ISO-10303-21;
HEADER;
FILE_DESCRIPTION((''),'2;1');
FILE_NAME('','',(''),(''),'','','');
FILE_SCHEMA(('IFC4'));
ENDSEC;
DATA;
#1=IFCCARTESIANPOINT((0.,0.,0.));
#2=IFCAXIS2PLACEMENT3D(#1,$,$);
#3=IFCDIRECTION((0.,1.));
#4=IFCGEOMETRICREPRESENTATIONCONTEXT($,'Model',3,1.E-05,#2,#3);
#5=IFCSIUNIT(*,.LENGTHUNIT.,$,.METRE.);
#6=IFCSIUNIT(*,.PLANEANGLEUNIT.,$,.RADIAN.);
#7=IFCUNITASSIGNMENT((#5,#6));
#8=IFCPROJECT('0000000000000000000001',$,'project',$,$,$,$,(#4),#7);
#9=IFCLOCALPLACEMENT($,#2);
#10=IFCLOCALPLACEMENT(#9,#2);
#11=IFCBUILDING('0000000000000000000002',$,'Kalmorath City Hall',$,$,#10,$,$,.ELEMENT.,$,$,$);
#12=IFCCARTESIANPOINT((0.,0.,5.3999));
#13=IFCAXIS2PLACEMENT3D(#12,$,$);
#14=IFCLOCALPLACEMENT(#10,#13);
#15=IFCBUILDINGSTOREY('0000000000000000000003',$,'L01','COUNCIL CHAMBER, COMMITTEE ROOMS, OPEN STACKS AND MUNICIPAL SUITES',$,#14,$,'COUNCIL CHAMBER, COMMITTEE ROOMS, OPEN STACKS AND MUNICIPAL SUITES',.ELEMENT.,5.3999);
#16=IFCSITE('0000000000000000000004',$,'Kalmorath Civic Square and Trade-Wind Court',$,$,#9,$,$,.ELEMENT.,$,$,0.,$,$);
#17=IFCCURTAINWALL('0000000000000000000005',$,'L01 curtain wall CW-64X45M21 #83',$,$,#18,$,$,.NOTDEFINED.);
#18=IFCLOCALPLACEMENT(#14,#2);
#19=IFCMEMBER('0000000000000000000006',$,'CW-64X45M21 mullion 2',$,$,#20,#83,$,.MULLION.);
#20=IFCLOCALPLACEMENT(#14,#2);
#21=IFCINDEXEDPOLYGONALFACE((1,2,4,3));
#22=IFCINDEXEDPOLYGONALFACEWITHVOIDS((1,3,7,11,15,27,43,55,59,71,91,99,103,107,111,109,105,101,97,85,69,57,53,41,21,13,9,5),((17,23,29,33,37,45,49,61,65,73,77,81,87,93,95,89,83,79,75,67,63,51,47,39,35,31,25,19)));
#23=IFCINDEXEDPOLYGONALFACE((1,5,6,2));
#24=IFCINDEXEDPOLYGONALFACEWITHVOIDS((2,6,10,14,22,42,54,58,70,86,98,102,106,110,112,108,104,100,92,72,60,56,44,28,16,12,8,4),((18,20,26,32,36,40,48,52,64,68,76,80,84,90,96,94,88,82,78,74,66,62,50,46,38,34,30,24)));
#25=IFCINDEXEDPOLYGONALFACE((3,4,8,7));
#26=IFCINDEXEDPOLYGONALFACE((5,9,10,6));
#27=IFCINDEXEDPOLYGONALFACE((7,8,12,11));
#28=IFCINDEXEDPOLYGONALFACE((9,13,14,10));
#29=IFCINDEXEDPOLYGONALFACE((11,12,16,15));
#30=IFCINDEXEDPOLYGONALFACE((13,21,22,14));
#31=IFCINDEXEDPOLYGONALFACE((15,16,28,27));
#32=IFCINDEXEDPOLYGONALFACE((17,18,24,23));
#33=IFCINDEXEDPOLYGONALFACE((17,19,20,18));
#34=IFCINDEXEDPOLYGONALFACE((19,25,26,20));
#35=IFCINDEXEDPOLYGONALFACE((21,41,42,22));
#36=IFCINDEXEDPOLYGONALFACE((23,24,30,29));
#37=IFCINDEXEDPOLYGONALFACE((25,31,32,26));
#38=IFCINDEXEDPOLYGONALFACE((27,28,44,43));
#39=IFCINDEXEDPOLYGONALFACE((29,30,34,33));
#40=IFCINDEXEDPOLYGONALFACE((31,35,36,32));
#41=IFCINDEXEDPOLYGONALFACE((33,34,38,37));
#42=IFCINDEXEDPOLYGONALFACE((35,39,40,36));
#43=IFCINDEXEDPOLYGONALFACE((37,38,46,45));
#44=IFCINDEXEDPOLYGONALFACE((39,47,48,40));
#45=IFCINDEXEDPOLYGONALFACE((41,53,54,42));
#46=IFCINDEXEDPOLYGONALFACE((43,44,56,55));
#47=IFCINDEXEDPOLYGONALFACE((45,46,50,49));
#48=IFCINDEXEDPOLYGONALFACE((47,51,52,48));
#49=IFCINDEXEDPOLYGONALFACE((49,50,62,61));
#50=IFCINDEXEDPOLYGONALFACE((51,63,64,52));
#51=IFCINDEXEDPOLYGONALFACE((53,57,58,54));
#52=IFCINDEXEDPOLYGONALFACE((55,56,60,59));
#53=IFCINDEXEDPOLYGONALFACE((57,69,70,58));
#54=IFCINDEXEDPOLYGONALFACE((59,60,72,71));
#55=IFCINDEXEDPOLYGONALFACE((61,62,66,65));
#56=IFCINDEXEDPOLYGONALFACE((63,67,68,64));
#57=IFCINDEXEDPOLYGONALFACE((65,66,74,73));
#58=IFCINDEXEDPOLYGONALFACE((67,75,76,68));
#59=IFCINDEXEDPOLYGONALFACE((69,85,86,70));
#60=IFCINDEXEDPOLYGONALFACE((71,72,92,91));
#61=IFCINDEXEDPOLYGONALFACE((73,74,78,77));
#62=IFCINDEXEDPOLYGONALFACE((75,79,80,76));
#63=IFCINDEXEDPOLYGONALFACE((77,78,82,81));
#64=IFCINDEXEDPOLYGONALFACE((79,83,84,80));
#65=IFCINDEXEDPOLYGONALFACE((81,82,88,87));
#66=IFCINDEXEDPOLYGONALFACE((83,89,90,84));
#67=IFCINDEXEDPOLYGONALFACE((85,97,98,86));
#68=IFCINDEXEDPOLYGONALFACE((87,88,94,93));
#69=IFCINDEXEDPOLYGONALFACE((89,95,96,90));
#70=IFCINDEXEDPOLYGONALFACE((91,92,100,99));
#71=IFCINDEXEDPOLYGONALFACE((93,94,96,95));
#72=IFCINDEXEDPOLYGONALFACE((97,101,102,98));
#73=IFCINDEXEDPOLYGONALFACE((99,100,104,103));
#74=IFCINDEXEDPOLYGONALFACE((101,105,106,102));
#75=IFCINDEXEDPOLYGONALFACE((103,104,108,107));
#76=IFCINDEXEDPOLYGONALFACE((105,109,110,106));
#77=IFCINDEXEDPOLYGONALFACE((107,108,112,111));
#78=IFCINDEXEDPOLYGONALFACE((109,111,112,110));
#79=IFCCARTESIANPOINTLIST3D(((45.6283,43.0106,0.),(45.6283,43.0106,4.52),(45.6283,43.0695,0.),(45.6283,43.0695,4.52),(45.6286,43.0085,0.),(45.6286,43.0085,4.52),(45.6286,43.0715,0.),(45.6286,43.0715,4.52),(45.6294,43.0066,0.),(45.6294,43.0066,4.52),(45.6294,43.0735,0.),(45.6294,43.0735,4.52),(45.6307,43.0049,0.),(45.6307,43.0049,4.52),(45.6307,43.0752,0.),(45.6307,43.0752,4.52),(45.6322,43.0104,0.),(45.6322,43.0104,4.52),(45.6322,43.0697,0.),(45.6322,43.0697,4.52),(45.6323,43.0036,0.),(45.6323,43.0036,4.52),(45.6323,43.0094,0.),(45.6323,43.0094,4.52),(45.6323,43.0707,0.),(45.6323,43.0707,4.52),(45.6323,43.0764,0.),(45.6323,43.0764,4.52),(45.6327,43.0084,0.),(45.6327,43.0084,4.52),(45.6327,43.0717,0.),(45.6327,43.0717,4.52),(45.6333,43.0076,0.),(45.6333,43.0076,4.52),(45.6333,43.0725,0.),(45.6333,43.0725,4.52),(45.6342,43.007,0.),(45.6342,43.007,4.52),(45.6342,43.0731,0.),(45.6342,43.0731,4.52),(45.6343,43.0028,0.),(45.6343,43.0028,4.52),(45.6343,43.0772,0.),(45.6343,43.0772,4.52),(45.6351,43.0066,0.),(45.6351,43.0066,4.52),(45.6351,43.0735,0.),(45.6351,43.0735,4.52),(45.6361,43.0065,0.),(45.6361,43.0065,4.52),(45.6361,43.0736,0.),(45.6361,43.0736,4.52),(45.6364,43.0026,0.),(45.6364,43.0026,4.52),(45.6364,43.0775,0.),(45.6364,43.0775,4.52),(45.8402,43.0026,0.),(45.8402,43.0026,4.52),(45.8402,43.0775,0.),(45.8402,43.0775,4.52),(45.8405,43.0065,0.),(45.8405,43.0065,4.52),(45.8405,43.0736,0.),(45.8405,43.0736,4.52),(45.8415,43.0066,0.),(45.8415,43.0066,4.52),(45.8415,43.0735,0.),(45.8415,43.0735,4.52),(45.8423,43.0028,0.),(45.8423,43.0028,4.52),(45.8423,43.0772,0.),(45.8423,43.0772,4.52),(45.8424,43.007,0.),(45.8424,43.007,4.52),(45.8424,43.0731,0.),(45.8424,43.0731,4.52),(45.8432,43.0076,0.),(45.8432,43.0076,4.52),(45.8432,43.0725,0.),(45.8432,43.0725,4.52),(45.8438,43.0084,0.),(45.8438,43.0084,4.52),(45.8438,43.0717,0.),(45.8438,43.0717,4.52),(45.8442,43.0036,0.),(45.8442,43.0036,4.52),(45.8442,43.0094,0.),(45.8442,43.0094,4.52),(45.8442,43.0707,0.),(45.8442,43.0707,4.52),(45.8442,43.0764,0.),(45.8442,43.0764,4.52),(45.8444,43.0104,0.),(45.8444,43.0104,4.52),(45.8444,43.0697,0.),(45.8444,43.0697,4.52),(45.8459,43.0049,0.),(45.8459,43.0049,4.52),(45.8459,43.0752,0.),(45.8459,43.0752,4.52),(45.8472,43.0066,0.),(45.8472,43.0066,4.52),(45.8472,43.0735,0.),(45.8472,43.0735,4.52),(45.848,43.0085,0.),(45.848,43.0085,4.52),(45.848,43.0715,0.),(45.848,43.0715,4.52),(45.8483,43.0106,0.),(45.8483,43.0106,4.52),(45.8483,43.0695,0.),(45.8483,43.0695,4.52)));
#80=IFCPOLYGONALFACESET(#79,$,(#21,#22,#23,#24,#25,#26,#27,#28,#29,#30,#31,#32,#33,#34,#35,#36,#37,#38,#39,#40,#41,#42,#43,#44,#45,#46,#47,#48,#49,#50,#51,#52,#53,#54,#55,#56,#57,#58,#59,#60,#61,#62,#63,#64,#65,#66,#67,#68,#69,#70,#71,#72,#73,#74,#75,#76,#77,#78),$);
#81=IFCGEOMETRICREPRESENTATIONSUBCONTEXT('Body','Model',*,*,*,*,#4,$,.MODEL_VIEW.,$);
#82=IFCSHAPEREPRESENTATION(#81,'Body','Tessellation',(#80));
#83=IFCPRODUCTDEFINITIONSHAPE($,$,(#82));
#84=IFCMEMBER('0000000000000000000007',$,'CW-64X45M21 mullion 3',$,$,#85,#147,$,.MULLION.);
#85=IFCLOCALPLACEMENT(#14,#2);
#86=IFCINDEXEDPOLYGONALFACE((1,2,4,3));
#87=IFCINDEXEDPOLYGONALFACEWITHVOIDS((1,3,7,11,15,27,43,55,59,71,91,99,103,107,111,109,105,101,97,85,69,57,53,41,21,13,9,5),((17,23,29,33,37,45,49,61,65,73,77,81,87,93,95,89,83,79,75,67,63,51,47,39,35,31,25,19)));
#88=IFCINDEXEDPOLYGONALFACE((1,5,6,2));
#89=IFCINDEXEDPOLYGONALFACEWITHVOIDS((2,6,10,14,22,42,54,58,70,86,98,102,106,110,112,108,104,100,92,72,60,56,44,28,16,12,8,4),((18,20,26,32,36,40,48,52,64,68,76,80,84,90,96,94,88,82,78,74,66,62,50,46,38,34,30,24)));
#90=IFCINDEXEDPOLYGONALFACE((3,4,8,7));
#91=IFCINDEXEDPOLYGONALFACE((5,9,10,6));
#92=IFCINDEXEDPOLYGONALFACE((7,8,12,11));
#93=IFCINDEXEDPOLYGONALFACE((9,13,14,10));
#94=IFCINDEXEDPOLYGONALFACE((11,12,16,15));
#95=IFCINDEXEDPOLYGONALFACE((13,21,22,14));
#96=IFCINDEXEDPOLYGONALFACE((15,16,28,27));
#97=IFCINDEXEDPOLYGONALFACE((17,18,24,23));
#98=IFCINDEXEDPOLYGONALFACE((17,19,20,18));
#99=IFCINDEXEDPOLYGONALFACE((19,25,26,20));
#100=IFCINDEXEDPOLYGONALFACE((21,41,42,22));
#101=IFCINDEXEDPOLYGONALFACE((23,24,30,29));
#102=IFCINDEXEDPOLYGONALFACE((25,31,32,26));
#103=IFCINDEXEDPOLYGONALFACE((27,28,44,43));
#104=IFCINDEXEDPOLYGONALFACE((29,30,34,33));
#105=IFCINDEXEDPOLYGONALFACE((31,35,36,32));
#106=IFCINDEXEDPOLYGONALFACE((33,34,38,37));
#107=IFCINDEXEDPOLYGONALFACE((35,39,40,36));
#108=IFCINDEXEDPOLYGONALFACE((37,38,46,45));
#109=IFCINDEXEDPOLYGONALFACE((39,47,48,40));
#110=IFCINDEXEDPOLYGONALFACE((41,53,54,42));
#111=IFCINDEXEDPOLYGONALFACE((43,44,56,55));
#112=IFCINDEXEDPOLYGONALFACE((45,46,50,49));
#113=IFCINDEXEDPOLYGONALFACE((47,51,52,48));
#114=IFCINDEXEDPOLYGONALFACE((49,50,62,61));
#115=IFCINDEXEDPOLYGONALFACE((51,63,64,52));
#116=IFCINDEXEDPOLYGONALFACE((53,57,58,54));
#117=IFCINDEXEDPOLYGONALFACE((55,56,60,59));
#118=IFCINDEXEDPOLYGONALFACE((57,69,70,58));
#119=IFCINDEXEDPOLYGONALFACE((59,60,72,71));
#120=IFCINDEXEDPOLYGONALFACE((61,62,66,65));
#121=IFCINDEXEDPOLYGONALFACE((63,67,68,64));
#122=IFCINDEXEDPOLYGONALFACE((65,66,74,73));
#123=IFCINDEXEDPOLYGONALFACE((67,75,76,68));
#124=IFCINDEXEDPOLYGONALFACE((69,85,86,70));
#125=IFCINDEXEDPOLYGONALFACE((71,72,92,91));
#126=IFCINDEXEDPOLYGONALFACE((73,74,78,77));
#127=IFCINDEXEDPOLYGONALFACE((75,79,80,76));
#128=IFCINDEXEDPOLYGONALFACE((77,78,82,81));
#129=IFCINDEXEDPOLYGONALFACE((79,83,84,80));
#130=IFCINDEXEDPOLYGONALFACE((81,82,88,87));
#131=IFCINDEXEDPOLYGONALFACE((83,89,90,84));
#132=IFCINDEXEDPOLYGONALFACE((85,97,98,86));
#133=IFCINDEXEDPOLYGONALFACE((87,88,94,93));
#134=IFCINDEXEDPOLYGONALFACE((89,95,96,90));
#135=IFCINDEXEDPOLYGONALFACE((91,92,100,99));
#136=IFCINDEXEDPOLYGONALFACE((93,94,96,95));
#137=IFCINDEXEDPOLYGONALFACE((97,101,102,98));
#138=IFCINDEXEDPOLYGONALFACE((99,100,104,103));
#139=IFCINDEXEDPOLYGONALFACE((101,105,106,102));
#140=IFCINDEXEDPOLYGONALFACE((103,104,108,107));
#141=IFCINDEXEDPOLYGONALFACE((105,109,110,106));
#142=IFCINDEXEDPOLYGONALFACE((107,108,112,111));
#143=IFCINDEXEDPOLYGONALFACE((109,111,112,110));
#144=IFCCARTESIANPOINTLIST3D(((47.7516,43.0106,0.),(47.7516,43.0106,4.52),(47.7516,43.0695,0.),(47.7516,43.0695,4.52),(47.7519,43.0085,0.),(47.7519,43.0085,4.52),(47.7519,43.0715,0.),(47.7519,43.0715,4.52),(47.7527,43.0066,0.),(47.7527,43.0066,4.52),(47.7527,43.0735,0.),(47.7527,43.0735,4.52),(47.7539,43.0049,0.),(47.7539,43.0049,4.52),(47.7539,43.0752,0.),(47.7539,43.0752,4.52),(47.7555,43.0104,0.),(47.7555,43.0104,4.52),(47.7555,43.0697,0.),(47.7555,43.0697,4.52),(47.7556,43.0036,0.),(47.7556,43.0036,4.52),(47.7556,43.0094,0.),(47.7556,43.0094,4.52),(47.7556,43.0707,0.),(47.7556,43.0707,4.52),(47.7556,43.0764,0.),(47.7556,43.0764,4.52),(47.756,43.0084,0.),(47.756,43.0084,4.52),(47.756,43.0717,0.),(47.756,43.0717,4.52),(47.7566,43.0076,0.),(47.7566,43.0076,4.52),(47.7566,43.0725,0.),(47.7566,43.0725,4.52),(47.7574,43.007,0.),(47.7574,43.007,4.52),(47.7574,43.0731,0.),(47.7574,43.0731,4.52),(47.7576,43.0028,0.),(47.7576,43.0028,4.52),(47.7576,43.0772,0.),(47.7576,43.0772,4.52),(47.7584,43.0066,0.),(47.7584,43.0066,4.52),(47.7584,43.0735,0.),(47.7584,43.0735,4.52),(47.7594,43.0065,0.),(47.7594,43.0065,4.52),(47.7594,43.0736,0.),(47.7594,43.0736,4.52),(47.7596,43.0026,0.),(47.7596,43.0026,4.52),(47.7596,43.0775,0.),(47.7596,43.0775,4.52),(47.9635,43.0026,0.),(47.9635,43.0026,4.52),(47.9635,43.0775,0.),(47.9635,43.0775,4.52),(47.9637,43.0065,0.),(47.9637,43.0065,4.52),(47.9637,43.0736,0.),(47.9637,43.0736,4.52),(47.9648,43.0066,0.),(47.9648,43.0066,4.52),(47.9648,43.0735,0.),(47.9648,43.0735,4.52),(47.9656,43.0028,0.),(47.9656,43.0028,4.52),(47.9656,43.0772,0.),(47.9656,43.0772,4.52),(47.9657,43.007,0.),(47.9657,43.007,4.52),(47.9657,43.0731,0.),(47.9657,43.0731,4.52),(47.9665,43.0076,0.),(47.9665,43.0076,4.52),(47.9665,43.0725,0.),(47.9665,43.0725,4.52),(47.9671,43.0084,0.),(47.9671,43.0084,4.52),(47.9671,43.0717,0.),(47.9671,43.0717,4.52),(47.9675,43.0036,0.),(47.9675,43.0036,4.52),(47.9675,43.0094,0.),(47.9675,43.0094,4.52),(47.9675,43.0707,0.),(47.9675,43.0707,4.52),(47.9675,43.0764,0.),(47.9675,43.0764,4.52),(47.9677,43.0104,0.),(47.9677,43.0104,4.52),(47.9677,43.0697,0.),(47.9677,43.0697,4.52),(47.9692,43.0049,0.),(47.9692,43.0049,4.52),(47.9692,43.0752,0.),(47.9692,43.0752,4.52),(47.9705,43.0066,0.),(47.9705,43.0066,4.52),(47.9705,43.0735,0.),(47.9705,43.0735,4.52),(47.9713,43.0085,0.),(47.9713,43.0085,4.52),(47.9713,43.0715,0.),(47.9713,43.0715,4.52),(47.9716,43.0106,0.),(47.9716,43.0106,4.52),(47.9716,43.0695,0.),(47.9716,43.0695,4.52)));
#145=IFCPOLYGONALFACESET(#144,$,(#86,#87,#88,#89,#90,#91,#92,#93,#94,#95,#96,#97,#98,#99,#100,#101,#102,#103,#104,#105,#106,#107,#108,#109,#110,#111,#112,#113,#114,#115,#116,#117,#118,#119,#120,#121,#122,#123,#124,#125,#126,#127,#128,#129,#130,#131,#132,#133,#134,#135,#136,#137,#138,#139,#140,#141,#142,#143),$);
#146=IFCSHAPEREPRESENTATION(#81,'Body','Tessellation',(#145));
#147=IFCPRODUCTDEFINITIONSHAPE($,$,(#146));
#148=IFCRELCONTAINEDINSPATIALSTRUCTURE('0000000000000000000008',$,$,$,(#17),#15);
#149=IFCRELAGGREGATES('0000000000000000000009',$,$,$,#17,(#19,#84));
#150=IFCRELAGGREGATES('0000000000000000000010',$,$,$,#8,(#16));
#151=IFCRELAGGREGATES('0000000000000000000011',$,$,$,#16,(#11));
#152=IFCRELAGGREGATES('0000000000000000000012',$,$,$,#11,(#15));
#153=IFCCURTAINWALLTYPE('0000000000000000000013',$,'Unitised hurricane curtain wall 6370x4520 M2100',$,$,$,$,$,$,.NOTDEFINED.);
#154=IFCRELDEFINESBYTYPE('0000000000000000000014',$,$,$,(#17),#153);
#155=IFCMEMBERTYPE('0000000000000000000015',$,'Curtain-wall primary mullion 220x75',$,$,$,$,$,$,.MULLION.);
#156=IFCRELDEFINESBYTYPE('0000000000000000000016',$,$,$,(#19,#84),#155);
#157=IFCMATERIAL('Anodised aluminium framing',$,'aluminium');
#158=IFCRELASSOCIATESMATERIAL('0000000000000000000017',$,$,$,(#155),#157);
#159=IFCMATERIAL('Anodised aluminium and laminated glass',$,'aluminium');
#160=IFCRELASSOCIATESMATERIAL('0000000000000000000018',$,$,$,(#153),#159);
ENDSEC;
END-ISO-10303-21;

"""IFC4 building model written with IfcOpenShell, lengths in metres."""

from ifc_helpers import new_model, si_unit, direction, frame, origin, origin_2d, place, context, subcontext, project, spatial, hollow_rectangle, extrude, material, material_profile, profile_set, type_object, element, aggregate, save


model = new_model("IFC4")

# Units and contexts
model_context = context("Model", 3, precision=1e-05, world=origin(), true_north=direction((0.0, 1.0)))
body_context = subcontext(model_context, "Body", "Model", "MODEL_VIEW")
ifc_project = project(units=[si_unit("LENGTHUNIT", "METRE"), si_unit("PLANEANGLEUNIT", "RADIAN")], contexts=[model_context])

# Site, building, storey
site_placement = place(None, origin())
site = spatial("IfcSite", under=ifc_project, at=site_placement, Name="Kalmorath Civic Square and Trade-Wind Court", CompositionType="ELEMENT", RefElevation=0.0)
building_placement = place(site_placement, origin())
building = spatial("IfcBuilding", under=site, at=building_placement, Name="Kalmorath City Hall", CompositionType="ELEMENT")
storey_placement = place(building_placement, frame((0.0, 0.0, 5.3999)))
storey = spatial("IfcBuildingStorey", under=building, at=storey_placement, Name="L01", Description="COUNCIL CHAMBER, COMMITTEE ROOMS, OPEN STACKS AND MUNICIPAL SUITES", LongName="COUNCIL CHAMBER, COMMITTEE ROOMS, OPEN STACKS AND MUNICIPAL SUITES", CompositionType="ELEMENT", Elevation=5.3999)

# Shared definitions
ifc_material_1 = material(Name="Anodised aluminium framing", Category="aluminium")
ifc_material_profile_1 = material_profile(ifc_material_1, hollow_rectangle(XDim=0.075, YDim=0.22, WallThickness=0.0039, InnerFilletRadius=0.0039, OuterFilletRadius=0.0081, at=origin_2d()), Name="ALU-MUL-220X75X4")
ifc_profile_set_1 = profile_set([ifc_material_profile_1], Name="Anodised aluminium framing")
member_type_1 = type_object("IfcMemberType", Name="Curtain-wall primary mullion 220x75", PredefinedType="MULLION", material=ifc_profile_set_1)

# Curtain wall, members
ifc_material_2 = material(Name="Anodised aluminium and laminated glass", Category="aluminium")
curtain_wall_type_1 = type_object("IfcCurtainWallType", Name="Unitised hurricane curtain wall 6370x4520 M2100", PredefinedType="NOTDEFINED", material=ifc_material_2)
curtain_wall_1_placement = place(storey_placement, origin())
curtain_wall_1 = element("IfcCurtainWall", 1, at=curtain_wall_1_placement, inside=storey, type_object=curtain_wall_type_1, Name="L01 curtain wall CW-64X45M21 #83", PredefinedType="NOTDEFINED")
member_1_placement = place(storey_placement, frame((45.7383, 43.04, 0.0), z_axis=(0.0, 0.0, 1.0), x_axis=(0.0, 1.0, 0.0)))
member_1 = element("IfcMember", 2, at=member_1_placement, type_object=member_type_1, Name="CW-64X45M21 mullion 2", PredefinedType="MULLION", context=body_context, shape_type="SweptSolid", body=[
    extrude(hollow_rectangle(XDim=0.075, YDim=0.22, WallThickness=0.0039, InnerFilletRadius=0.0039, OuterFilletRadius=0.0081, at=origin_2d()), origin(), (0.0, 0.0, 1.0), 4.52),
])
member_2_placement = place(storey_placement, frame((47.8616, 43.04, 0.0), z_axis=(0.0, 0.0, 1.0), x_axis=(0.0, 1.0, 0.0)))
member_2 = element("IfcMember", 3, at=member_2_placement, type_object=member_type_1, Name="CW-64X45M21 mullion 3", PredefinedType="MULLION", context=body_context, shape_type="SweptSolid", body=[
    extrude(hollow_rectangle(XDim=0.075, YDim=0.22, WallThickness=0.0039, InnerFilletRadius=0.0039, OuterFilletRadius=0.0081, at=origin_2d()), origin(), (0.0, 0.0, 1.0), 4.52),
])

aggregate(curtain_wall_1, [member_1, member_2])

save(model, "model.ifc")
